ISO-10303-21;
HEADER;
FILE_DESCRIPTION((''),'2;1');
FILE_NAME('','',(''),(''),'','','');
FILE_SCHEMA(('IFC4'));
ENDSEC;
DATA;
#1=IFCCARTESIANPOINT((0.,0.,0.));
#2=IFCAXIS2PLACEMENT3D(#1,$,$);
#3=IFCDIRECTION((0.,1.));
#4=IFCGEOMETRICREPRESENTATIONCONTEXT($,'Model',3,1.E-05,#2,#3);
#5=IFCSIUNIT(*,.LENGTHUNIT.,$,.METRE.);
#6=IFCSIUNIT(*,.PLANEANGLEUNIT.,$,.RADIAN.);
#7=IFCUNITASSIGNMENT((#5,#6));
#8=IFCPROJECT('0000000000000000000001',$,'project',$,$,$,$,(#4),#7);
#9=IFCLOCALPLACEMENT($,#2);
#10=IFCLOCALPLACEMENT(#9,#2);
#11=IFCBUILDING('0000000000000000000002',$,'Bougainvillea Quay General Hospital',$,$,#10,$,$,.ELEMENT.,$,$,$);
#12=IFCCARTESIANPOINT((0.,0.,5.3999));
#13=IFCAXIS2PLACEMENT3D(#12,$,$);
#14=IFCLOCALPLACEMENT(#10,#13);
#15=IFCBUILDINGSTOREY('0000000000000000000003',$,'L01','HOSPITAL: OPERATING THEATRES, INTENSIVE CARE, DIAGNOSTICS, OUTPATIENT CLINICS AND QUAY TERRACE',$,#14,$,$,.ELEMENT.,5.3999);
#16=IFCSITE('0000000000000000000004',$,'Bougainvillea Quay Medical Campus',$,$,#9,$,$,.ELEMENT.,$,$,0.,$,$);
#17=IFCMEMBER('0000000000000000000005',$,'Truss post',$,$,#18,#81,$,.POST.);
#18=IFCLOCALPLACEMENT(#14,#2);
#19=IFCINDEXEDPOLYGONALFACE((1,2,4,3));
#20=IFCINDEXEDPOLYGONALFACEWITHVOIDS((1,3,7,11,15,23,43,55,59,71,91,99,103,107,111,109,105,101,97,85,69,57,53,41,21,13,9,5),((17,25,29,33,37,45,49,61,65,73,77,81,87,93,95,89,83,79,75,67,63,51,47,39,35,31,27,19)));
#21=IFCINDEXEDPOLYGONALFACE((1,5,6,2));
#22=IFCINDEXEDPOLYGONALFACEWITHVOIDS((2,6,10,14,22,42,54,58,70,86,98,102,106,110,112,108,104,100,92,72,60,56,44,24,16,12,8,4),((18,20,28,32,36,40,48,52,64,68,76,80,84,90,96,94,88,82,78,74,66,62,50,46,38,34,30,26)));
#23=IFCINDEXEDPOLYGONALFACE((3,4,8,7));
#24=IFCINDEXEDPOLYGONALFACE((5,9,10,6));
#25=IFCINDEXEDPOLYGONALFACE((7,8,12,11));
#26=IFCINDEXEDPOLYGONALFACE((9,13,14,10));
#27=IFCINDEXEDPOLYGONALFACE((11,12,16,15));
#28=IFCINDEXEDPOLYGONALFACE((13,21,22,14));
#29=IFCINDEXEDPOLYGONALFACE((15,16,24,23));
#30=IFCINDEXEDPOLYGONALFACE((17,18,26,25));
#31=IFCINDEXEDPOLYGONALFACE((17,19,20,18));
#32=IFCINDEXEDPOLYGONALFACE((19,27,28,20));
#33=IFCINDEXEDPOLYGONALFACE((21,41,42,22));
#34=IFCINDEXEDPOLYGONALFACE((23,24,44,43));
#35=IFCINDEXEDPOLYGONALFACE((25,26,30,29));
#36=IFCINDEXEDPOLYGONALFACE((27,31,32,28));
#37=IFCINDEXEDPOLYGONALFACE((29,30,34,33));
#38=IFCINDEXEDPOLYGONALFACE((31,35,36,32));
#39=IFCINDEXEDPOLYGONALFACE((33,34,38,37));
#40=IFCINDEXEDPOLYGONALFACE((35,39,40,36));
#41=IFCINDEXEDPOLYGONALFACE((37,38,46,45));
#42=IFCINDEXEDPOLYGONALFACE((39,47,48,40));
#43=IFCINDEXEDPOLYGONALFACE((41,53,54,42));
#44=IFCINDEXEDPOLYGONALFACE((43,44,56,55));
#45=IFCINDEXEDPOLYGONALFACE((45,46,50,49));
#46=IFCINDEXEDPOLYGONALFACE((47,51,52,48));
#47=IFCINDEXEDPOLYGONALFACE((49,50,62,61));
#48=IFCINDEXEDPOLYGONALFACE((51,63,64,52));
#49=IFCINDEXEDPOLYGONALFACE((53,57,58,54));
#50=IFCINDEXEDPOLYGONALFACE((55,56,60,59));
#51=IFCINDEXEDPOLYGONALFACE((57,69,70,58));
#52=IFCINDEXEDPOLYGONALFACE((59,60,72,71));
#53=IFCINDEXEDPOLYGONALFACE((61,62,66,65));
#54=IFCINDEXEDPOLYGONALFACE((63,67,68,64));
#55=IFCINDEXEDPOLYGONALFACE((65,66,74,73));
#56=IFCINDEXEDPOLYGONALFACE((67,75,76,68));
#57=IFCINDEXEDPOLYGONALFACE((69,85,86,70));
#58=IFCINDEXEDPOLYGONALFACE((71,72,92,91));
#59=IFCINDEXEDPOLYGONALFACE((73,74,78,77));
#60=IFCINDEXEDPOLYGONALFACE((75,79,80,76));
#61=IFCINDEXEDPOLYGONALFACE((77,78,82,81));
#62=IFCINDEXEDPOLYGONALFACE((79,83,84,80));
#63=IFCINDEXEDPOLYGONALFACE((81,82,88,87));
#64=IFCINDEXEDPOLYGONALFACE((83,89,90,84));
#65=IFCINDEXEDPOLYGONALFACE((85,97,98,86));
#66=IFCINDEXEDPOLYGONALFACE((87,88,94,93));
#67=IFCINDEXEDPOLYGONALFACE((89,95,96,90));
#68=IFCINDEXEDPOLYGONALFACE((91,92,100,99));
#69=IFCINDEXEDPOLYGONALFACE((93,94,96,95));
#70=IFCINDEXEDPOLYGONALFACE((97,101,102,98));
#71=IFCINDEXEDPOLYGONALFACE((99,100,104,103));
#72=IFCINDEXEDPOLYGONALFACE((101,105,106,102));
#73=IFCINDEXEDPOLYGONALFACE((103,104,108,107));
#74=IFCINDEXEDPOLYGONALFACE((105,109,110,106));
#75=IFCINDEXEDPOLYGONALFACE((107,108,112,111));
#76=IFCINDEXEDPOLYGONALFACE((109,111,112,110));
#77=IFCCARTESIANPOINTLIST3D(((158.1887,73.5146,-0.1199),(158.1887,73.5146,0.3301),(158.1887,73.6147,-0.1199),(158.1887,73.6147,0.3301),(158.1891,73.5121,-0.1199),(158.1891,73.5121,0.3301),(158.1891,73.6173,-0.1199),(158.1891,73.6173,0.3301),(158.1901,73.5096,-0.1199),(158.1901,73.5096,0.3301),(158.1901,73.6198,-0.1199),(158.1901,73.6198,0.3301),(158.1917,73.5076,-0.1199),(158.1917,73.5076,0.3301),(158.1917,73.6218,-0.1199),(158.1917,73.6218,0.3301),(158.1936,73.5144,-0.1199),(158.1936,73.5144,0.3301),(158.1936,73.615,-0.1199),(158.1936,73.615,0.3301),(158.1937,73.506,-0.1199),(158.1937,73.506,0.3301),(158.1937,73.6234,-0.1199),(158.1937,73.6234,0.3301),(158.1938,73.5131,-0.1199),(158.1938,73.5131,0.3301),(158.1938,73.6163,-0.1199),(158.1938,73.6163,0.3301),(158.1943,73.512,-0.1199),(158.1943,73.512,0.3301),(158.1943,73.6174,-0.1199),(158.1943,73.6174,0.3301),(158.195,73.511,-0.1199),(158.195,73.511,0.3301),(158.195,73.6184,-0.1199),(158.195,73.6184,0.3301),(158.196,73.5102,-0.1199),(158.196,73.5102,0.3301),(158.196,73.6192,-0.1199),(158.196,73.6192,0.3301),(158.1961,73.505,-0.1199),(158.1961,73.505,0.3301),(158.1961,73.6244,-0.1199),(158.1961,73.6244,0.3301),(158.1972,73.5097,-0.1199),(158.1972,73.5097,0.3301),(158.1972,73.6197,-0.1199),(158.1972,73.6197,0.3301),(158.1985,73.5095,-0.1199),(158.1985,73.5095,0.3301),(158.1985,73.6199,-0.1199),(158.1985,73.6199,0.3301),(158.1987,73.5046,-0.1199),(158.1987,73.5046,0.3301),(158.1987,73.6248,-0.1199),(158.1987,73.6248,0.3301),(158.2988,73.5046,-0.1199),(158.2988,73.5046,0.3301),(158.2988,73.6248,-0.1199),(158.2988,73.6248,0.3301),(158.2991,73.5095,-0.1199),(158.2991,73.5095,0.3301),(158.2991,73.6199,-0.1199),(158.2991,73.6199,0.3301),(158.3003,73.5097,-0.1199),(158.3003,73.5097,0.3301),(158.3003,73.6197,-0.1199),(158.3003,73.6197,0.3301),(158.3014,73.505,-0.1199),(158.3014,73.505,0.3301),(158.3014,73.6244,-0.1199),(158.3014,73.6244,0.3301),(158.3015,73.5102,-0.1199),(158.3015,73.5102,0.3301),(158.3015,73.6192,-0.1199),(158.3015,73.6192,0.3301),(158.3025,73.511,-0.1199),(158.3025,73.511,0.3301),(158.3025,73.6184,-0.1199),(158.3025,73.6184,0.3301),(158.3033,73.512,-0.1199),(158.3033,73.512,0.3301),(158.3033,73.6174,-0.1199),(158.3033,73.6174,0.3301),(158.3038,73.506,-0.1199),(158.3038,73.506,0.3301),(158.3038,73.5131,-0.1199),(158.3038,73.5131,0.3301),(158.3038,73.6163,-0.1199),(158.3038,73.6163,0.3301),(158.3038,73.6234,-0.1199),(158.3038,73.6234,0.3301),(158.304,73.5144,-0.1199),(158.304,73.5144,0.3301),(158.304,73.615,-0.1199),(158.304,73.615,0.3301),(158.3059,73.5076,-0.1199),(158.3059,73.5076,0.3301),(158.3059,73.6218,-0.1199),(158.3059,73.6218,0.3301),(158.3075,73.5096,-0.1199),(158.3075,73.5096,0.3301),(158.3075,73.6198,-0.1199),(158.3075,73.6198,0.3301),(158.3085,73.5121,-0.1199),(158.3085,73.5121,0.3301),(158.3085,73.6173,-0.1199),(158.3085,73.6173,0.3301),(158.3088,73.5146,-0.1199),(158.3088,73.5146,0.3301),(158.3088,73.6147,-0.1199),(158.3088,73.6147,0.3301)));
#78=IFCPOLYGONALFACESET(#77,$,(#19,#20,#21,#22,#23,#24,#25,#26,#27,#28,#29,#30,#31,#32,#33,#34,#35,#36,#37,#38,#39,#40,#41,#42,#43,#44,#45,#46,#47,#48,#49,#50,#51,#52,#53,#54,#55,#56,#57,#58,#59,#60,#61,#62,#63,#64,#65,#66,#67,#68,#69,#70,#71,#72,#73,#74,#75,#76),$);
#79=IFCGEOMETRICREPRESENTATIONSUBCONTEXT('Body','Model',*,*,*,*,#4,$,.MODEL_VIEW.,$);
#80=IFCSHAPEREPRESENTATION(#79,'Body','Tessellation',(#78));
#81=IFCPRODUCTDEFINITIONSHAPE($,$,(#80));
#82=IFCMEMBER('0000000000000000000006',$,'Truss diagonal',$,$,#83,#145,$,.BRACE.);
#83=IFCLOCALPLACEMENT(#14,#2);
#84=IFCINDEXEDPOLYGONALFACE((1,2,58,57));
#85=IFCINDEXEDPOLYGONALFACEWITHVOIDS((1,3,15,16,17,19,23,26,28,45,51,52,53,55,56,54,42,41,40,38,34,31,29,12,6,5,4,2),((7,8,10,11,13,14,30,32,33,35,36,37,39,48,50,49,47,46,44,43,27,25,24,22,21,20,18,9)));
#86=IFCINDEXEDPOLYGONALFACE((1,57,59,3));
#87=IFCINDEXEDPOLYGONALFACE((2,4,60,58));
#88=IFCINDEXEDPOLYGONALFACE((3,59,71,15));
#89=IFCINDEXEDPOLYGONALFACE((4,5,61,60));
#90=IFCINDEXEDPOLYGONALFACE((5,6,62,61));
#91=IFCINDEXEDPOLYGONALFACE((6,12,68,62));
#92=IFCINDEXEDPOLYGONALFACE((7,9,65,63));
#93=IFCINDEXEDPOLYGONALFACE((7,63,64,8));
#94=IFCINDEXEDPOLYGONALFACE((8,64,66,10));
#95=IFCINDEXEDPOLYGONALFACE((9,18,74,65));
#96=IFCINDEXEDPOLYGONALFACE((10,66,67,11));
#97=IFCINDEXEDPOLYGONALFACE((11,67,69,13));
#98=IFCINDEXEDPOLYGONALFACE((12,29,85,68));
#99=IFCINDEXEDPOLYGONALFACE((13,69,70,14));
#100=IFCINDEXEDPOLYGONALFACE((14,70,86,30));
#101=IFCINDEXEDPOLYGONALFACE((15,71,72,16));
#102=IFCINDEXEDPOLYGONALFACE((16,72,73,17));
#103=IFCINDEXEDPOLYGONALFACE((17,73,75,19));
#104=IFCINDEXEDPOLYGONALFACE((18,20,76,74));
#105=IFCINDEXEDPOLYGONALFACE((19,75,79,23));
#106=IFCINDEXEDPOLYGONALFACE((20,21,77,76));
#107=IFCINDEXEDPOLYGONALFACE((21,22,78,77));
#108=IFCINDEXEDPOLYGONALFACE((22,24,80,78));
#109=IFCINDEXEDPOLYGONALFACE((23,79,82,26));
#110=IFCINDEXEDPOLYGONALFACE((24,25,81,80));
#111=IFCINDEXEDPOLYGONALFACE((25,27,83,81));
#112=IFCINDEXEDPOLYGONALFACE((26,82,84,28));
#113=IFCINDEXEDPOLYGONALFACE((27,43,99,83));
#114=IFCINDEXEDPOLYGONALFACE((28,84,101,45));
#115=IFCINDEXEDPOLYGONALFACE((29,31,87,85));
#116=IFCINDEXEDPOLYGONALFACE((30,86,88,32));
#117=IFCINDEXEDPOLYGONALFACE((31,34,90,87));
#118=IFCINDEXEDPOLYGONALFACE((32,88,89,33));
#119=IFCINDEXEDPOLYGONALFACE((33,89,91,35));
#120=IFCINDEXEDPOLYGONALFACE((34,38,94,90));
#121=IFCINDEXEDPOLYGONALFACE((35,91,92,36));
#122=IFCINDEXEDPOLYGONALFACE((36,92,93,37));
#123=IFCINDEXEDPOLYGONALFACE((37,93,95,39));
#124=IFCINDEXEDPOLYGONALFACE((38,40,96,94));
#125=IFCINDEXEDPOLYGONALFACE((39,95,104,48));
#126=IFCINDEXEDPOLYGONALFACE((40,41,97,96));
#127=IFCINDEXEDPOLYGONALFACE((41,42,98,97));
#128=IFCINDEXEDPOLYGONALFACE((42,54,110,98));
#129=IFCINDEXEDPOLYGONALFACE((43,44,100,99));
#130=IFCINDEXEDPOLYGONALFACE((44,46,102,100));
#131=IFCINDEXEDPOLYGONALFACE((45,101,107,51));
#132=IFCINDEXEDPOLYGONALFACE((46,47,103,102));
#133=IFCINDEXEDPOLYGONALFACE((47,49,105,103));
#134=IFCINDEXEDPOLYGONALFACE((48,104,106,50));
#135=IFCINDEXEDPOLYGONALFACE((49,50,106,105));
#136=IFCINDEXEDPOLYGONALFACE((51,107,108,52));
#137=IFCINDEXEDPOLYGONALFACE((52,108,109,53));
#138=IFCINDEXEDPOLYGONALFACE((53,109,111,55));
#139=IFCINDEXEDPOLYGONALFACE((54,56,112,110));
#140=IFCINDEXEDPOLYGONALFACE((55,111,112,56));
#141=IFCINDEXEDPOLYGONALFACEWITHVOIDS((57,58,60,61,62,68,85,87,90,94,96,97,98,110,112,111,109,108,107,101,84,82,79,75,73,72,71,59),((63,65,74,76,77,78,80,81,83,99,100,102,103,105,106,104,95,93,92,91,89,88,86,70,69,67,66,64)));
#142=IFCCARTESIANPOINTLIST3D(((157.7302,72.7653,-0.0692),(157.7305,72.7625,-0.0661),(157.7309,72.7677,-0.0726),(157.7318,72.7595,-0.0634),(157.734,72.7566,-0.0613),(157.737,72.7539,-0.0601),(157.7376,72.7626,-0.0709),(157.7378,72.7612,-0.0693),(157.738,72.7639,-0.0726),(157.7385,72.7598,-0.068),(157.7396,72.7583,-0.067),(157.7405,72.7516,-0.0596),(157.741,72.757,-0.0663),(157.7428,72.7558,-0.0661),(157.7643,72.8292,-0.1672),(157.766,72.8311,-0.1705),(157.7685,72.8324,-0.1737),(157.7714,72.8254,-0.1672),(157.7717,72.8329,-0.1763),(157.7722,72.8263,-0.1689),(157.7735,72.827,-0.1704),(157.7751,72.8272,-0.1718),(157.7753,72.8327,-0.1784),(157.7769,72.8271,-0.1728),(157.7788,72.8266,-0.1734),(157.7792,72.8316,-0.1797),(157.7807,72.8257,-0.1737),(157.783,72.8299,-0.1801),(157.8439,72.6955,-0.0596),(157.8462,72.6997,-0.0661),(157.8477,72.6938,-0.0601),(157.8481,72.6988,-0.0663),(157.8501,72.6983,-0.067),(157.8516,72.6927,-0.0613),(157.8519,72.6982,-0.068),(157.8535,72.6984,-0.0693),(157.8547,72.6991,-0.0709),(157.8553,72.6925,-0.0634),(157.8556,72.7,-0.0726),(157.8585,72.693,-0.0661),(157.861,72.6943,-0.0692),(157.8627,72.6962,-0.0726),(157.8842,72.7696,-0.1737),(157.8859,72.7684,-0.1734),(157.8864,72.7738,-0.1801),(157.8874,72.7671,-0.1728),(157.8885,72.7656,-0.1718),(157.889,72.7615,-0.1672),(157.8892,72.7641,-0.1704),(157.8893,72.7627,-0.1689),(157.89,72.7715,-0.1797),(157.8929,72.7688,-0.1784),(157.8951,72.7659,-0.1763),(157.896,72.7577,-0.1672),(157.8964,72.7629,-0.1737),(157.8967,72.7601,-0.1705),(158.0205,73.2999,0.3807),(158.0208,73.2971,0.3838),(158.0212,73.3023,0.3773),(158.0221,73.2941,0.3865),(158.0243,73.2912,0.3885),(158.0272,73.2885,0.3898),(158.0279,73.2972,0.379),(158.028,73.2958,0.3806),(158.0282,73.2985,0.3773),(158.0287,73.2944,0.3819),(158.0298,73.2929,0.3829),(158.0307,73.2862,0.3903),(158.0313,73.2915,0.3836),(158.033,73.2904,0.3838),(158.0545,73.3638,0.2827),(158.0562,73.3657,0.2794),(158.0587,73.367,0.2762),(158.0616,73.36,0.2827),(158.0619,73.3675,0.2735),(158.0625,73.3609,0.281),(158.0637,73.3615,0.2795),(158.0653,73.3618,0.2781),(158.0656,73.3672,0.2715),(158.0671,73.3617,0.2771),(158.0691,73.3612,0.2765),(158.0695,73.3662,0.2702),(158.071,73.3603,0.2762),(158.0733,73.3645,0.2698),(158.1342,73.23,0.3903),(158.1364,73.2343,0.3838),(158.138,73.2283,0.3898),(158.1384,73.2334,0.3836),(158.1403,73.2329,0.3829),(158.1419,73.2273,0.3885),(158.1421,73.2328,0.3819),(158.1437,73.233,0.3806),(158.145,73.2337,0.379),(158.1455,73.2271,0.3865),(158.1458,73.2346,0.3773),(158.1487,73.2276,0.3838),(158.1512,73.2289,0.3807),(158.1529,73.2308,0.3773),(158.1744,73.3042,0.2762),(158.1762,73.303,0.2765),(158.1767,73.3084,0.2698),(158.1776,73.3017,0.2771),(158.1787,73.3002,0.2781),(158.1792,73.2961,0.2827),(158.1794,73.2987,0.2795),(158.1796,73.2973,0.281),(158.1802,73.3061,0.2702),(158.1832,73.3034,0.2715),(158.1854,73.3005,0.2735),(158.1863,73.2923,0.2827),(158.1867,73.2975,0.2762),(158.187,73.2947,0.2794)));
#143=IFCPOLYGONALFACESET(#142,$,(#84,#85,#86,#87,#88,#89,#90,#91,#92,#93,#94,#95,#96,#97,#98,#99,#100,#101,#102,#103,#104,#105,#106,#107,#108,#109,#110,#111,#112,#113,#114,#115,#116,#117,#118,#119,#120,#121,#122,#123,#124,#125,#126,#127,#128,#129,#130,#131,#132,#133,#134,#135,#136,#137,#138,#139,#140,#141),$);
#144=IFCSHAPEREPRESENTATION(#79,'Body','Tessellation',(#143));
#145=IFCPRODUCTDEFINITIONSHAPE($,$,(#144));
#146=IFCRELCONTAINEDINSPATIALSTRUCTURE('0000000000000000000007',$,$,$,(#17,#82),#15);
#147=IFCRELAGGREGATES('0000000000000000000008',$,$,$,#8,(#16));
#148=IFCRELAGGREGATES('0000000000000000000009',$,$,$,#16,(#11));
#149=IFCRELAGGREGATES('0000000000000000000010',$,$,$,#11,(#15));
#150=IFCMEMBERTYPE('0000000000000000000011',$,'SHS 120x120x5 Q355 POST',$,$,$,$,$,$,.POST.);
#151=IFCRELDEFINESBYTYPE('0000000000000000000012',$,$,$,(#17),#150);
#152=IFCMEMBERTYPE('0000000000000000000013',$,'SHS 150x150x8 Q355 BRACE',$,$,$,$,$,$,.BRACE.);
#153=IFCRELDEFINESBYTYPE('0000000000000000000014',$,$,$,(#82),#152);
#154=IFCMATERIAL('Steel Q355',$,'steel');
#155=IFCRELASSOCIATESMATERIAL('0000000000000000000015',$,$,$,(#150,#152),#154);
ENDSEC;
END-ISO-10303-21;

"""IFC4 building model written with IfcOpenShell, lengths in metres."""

from ifc_helpers import new_model, si_unit, direction, frame, origin, origin_2d, place, context, subcontext, project, spatial, hollow_rectangle, extrude, material, material_profile, profile_set, type_object, element, save


model = new_model("IFC4")

# Units and contexts
model_context = context("Model", 3, precision=1e-05, world=origin(), true_north=direction((0.0, 1.0)))
body_context = subcontext(model_context, "Body", "Model", "MODEL_VIEW")
ifc_project = project(units=[si_unit("LENGTHUNIT", "METRE"), si_unit("PLANEANGLEUNIT", "RADIAN")], contexts=[model_context])

# Site, building, storey
site_placement = place(None, origin())
site = spatial("IfcSite", under=ifc_project, at=site_placement, Name="Bougainvillea Quay Medical Campus", CompositionType="ELEMENT", RefElevation=0.0)
building_placement = place(site_placement, origin())
building = spatial("IfcBuilding", under=site, at=building_placement, Name="Bougainvillea Quay General Hospital", CompositionType="ELEMENT")
storey_placement = place(building_placement, frame((0.0, 0.0, 5.3999)))
storey = spatial("IfcBuildingStorey", under=building, at=storey_placement, Name="L01", Description="HOSPITAL: OPERATING THEATRES, INTENSIVE CARE, DIAGNOSTICS, OUTPATIENT CLINICS AND QUAY TERRACE", CompositionType="ELEMENT", Elevation=5.3999)

# Members
ifc_material_1 = material(Name="Steel Q355", Category="steel")
ifc_material_profile_1 = material_profile(ifc_material_1, hollow_rectangle(XDim=0.1201, YDim=0.1201, WallThickness=0.0049, InnerFilletRadius=0.0049, OuterFilletRadius=0.01, at=origin_2d()))
ifc_profile_set_1 = profile_set([ifc_material_profile_1], Name="Steel Q355")
member_type_1 = type_object("IfcMemberType", Name="SHS 120x120x5 Q355 POST", PredefinedType="POST", material=ifc_profile_set_1)
for number, where, z_axis, x_axis, name in (
    (1, (158.2488, 73.5647, -0.1199), (0.0, 0.0, 1.0), (1.0, 0.0, 0.0), "Truss post"),
):
    element("IfcMember", number, at=place(storey_placement, frame(where, z_axis=z_axis, x_axis=x_axis)), inside=storey, type_object=member_type_1, Name=name, PredefinedType="POST", context=body_context, shape_type="SweptSolid", body=[
        extrude(hollow_rectangle(XDim=0.1201, YDim=0.1201, WallThickness=0.0049, InnerFilletRadius=0.0049, OuterFilletRadius=0.01, at=origin_2d()), origin(), (0.0, 0.0, 1.0), 0.45),
    ])
ifc_material_profile_2 = material_profile(ifc_material_1, hollow_rectangle(XDim=0.1499, YDim=0.1499, WallThickness=0.0081, InnerFilletRadius=0.0081, OuterFilletRadius=0.0161, at=origin_2d()))
ifc_profile_set_2 = profile_set([ifc_material_profile_2], Name="Steel Q355")
member_type_2 = type_object("IfcMemberType", Name="SHS 150x150x8 Q355 BRACE", PredefinedType="BRACE", material=ifc_profile_set_2)
member_1_placement = place(storey_placement, frame((157.8135, 72.7627, -0.1199), z_axis=(0.383619, 0.706581, 0.594625), x_axis=(-0.878829, 0.477136, 0.0)))
element("IfcMember", 2, at=member_1_placement, inside=storey, type_object=member_type_2, Name="Truss diagonal", PredefinedType="BRACE", context=body_context, shape_type="SweptSolid", body=[
    extrude(hollow_rectangle(XDim=0.1499, YDim=0.1499, WallThickness=0.0081, InnerFilletRadius=0.0081, OuterFilletRadius=0.0161, at=origin_2d()), origin(), (0.0, 0.0, 1.0), 0.7566),
])

save(model, "model.ifc")
